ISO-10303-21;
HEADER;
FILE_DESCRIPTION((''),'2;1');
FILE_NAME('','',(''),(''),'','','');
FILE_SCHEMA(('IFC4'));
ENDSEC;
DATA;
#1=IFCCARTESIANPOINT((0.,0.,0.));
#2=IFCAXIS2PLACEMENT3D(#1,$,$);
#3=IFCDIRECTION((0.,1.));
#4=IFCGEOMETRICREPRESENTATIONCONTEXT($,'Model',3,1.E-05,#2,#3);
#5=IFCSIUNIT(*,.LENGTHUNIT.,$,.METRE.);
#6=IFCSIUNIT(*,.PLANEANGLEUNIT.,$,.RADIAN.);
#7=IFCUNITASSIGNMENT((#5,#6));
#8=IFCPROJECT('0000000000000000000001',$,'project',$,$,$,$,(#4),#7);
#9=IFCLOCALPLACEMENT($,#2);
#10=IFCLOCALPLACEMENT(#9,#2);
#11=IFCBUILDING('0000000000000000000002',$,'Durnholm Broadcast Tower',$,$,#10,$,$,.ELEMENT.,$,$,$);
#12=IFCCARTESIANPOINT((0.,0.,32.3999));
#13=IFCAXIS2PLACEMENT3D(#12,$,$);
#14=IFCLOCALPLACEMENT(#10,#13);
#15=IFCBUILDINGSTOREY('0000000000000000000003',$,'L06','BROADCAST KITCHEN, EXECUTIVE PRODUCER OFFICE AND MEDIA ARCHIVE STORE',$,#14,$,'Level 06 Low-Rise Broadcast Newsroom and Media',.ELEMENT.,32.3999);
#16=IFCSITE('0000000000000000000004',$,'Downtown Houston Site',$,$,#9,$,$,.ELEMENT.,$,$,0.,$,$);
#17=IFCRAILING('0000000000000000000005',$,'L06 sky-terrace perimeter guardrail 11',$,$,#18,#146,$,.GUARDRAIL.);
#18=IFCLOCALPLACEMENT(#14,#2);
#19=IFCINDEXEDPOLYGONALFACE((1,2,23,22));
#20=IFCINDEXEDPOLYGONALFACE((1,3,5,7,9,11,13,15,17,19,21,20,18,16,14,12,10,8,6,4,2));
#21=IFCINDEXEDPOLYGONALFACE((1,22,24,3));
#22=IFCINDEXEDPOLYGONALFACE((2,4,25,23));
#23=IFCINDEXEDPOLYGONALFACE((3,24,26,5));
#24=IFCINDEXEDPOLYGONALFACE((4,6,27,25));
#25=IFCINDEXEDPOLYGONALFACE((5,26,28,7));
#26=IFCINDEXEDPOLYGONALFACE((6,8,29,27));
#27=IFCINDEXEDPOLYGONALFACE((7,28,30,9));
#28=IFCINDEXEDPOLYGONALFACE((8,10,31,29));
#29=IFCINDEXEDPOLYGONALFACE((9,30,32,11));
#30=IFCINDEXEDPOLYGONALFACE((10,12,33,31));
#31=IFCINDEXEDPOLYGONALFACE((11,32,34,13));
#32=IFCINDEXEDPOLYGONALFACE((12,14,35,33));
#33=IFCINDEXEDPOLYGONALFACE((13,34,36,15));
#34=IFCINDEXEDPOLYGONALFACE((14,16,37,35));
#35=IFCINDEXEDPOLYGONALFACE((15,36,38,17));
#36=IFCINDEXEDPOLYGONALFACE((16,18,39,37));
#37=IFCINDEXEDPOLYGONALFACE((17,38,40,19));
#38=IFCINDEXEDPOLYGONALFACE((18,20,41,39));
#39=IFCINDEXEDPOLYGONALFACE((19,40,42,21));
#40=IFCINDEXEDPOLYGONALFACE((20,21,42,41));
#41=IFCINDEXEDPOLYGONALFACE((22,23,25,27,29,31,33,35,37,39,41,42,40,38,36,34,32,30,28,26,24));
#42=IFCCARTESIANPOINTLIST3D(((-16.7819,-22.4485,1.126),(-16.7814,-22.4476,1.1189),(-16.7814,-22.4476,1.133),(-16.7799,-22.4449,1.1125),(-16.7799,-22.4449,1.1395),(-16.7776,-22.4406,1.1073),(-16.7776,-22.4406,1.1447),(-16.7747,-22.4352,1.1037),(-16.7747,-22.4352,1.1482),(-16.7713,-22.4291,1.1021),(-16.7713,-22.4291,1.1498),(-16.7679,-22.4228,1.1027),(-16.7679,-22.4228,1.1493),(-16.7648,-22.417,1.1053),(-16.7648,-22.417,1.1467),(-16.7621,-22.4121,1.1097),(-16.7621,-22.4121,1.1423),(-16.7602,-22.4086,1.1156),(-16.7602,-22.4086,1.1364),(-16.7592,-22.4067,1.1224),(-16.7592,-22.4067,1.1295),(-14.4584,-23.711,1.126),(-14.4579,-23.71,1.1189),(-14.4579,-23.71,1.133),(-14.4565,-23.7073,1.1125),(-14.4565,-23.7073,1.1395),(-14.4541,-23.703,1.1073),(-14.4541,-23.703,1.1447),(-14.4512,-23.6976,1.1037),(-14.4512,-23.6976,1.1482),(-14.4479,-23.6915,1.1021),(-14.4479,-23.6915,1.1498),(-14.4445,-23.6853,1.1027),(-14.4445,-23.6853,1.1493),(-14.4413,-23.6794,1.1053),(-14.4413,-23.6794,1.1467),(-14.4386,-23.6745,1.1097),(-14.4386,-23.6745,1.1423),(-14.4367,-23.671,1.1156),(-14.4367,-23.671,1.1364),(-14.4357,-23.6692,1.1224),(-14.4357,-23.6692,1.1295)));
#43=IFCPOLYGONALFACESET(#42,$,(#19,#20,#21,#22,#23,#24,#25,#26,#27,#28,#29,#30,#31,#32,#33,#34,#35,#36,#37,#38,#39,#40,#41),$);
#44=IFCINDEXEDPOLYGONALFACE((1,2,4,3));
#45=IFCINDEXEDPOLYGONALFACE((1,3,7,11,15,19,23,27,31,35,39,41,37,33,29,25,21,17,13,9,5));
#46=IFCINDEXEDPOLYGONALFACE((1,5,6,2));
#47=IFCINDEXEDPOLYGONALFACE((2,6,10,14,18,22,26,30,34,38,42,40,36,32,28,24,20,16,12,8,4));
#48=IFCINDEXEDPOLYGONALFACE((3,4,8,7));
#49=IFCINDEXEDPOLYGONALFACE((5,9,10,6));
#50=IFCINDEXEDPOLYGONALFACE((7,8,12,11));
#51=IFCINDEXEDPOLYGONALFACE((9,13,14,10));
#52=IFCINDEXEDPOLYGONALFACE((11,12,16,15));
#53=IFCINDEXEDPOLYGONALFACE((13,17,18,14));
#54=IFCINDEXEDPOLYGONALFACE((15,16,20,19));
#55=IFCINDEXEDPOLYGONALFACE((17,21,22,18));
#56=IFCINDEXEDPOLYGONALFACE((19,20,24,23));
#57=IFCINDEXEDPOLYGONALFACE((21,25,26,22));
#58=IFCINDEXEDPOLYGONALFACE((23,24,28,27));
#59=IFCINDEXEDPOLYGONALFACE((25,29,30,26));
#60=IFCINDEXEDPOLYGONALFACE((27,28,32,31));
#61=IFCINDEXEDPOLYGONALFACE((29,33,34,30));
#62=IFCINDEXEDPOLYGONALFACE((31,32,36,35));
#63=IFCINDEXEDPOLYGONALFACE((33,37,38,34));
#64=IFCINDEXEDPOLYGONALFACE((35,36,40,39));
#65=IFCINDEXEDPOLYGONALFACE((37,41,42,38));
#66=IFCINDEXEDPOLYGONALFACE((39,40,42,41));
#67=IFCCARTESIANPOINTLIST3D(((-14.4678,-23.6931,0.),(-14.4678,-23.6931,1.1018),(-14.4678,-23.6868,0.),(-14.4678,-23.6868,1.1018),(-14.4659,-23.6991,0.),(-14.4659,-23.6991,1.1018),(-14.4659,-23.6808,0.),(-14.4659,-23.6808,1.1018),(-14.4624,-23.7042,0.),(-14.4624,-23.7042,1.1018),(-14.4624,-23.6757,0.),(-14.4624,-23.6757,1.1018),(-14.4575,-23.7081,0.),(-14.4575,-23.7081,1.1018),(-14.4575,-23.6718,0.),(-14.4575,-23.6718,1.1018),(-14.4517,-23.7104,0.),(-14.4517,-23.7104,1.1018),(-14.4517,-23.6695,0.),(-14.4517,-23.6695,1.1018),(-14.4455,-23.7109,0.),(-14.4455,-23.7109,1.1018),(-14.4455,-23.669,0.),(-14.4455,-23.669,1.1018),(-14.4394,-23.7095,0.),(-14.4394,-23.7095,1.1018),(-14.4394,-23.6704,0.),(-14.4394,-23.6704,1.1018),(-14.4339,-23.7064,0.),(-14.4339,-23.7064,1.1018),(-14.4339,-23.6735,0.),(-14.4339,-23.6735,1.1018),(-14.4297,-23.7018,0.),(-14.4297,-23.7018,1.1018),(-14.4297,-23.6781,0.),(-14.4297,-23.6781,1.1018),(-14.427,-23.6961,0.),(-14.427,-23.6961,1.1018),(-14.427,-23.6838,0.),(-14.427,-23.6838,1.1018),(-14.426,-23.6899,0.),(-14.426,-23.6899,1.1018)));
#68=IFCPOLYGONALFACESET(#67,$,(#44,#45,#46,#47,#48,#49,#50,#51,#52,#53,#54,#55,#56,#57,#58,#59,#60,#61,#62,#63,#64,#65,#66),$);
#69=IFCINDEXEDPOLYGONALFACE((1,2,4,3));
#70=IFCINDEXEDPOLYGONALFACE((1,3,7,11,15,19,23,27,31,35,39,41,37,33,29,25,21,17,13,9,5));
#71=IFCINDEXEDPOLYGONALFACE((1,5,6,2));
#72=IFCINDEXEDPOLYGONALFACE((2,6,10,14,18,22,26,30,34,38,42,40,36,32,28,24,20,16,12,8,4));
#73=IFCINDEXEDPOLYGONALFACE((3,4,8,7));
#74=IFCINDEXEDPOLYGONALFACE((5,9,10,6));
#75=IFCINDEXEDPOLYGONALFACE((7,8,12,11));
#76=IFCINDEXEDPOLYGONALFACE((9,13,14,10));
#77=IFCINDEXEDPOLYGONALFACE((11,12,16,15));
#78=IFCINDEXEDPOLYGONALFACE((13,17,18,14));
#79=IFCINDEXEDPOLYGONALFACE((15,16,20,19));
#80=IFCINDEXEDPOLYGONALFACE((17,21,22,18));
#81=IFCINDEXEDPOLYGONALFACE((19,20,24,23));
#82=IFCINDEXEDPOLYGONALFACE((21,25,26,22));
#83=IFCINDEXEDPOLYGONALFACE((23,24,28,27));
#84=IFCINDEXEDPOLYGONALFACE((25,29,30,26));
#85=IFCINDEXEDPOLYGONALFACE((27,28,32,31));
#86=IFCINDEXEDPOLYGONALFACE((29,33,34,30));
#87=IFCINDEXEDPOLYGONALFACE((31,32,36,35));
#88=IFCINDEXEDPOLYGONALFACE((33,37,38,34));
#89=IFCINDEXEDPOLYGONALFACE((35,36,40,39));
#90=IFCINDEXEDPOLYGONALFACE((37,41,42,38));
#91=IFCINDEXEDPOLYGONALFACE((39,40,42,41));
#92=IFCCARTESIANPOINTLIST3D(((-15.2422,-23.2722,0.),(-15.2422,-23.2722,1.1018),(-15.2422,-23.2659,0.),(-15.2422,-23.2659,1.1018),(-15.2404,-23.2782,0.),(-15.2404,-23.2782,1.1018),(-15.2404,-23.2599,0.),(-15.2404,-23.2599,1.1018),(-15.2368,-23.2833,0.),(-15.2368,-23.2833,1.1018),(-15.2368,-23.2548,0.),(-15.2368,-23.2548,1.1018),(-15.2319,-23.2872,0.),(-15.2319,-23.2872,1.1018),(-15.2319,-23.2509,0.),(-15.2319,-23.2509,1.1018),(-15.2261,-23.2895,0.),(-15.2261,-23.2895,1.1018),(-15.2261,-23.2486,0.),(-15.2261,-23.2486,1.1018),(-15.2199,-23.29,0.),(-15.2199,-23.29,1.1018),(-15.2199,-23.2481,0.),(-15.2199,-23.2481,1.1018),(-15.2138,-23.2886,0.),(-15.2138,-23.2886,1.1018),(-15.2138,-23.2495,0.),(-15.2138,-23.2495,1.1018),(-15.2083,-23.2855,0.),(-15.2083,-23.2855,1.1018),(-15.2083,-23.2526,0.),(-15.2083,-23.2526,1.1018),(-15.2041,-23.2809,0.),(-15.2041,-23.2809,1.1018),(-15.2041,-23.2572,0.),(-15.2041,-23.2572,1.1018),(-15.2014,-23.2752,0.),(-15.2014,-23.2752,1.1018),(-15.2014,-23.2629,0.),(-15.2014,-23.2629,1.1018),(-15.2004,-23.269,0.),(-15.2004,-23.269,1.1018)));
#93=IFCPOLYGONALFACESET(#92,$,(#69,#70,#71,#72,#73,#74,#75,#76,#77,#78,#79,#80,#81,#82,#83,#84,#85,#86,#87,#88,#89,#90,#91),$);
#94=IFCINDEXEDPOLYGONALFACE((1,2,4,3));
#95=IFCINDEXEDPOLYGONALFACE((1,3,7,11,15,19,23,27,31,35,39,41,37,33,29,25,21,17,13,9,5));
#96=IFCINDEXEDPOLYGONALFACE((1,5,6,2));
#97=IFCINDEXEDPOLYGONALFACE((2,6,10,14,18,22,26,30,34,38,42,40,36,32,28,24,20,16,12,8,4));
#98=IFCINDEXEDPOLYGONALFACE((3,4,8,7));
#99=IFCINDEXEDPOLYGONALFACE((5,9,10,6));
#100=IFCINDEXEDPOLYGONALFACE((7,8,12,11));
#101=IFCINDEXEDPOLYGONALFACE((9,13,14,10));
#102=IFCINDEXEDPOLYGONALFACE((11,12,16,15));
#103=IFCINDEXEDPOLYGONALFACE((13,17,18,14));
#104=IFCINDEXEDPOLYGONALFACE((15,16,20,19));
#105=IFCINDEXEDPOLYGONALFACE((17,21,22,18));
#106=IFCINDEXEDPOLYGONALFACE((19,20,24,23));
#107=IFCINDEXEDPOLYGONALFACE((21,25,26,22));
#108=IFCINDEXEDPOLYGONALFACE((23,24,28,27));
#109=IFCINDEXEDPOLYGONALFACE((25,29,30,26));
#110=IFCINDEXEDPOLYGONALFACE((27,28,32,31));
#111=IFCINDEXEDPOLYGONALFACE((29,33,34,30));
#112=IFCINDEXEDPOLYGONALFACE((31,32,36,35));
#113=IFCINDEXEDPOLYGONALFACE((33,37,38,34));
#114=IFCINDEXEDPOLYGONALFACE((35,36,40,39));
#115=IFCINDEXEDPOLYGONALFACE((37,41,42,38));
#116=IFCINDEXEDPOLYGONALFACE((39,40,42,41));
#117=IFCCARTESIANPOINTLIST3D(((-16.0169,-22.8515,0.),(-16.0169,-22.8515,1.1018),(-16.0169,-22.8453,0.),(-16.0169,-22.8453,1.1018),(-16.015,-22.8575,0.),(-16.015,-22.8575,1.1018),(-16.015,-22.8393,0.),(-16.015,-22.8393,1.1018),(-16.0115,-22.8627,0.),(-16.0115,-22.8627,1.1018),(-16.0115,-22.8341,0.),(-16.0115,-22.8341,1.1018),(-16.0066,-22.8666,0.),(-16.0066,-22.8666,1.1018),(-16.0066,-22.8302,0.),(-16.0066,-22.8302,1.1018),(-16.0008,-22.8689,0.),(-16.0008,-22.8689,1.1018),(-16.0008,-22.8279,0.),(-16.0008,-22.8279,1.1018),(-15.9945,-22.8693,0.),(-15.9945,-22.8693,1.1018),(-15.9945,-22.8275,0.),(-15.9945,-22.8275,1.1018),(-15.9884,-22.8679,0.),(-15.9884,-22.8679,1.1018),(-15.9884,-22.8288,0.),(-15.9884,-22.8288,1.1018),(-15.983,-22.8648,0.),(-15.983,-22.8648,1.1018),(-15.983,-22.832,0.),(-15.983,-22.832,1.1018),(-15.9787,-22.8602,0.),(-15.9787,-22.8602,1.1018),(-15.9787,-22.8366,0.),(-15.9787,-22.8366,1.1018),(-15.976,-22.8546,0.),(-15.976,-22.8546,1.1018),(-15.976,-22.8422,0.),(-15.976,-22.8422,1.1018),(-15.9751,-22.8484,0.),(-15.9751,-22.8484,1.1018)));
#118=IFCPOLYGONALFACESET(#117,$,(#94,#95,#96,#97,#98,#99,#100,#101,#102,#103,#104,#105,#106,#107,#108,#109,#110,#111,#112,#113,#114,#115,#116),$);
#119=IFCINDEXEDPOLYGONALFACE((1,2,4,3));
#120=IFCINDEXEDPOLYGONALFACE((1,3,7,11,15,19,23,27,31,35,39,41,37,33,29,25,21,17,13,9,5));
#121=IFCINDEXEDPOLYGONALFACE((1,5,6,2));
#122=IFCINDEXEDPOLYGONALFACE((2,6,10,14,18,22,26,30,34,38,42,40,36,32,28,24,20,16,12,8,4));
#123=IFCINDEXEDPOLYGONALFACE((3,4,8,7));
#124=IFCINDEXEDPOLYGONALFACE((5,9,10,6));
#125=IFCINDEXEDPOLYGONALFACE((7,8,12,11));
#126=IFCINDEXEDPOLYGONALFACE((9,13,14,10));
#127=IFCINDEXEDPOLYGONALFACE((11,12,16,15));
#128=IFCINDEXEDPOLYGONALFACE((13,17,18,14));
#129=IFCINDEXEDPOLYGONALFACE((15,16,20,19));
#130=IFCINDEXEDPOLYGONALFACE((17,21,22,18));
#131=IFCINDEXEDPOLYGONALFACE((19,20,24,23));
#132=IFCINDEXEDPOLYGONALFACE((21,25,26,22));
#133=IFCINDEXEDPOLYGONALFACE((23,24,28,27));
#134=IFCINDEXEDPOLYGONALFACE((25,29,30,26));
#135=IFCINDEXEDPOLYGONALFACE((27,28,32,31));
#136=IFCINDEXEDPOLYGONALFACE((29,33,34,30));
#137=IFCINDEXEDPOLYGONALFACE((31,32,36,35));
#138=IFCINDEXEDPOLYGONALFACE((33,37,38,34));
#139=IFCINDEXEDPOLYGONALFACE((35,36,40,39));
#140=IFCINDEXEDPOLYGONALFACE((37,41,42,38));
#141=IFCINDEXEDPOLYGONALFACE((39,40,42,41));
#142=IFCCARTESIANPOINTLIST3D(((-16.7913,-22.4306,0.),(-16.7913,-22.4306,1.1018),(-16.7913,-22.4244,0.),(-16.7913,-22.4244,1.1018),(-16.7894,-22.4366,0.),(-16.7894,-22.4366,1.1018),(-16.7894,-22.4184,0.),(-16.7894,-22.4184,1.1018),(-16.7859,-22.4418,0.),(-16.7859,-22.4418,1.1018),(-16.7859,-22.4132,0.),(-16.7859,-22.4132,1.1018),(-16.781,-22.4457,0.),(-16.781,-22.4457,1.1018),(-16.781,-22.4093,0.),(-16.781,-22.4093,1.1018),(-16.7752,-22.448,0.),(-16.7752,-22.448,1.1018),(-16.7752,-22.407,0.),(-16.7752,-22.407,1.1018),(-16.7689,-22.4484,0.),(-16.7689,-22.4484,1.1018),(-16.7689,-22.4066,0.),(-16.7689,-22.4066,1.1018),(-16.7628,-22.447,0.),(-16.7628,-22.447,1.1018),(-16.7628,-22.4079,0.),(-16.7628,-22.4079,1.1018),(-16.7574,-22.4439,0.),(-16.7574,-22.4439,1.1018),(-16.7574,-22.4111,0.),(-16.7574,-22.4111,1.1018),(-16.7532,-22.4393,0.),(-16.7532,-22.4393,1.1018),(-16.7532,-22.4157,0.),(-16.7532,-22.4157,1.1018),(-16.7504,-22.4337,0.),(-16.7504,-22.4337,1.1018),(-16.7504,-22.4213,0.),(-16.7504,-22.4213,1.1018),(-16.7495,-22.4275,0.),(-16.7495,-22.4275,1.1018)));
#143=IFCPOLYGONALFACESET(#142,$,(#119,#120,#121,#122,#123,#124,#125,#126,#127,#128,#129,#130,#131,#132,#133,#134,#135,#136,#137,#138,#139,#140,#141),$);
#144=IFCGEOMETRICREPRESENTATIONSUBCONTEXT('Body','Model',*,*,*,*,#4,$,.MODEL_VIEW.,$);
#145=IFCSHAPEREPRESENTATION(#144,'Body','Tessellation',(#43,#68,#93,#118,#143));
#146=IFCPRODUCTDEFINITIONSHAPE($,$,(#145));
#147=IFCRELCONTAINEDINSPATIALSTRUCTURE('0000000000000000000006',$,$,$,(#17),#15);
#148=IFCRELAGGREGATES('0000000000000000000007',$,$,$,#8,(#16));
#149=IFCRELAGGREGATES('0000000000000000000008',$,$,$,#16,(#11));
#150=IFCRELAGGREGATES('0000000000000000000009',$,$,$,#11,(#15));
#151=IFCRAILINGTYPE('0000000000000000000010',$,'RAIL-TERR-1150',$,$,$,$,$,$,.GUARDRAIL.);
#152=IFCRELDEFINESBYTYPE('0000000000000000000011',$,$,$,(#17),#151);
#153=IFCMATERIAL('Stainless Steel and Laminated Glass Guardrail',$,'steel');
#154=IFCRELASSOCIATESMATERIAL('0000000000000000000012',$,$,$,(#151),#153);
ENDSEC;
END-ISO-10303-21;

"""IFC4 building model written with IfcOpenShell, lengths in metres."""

from ifc_helpers import new_model, si_unit, direction, frame, origin, origin_2d, place, context, subcontext, project, spatial, circle, extrude, material, type_object, element, save


model = new_model("IFC4")

# Units and contexts
model_context = context("Model", 3, precision=1e-05, world=origin(), true_north=direction((0.0, 1.0)))
body_context = subcontext(model_context, "Body", "Model", "MODEL_VIEW")
ifc_project = project(units=[si_unit("LENGTHUNIT", "METRE"), si_unit("PLANEANGLEUNIT", "RADIAN")], contexts=[model_context])

# Site, building, storey
site_placement = place(None, origin())
site = spatial("IfcSite", under=ifc_project, at=site_placement, Name="Downtown Houston Site", CompositionType="ELEMENT", RefElevation=0.0)
building_placement = place(site_placement, origin())
building = spatial("IfcBuilding", under=site, at=building_placement, Name="Durnholm Broadcast Tower", CompositionType="ELEMENT")
storey_placement = place(building_placement, frame((0.0, 0.0, 32.3999)))
storey = spatial("IfcBuildingStorey", under=building, at=storey_placement, Name="L06", Description="BROADCAST KITCHEN, EXECUTIVE PRODUCER OFFICE AND MEDIA ARCHIVE STORE", LongName="Level 06 Low-Rise Broadcast Newsroom and Media", CompositionType="ELEMENT", Elevation=32.3999)

# Railing
ifc_material_1 = material(Name="Stainless Steel and Laminated Glass Guardrail", Category="steel")
railing_type = type_object("IfcRailingType", Name="RAIL-TERR-1150", PredefinedType="GUARDRAIL", material=ifc_material_1)
railing_1_placement = place(storey_placement, frame((-14.447, -23.6899, 0.0)))
element("IfcRailing", 1, at=railing_1_placement, inside=storey, type_object=railing_type, Name="L06 sky-terrace perimeter guardrail 11", PredefinedType="GUARDRAIL", context=body_context, shape_type="SweptSolid", body=[
    extrude(circle(Radius=0.0239, at=origin_2d()), frame((0.0, 0.0, 1.126), z_axis=(-0.878674, 0.477422, 0.0), x_axis=(-0.477422, -0.878674, 0.0)), (0.0, 0.0, 1.0), 2.6443),
    extrude(circle(Radius=0.021, at=origin_2d()), origin(), (0.0, 0.0, 1.0), 1.1018),
    extrude(circle(Radius=0.021, at=origin_2d()), frame((-0.7744, 0.4209, 0.0)), (0.0, 0.0, 1.0), 1.1018),
    extrude(circle(Radius=0.021, at=origin_2d()), frame((-1.5491, 0.8416, 0.0)), (0.0, 0.0, 1.0), 1.1018),
    extrude(circle(Radius=0.021, at=origin_2d()), frame((-2.3235, 1.2625, 0.0)), (0.0, 0.0, 1.0), 1.1018),
])

save(model, "model.ifc")
